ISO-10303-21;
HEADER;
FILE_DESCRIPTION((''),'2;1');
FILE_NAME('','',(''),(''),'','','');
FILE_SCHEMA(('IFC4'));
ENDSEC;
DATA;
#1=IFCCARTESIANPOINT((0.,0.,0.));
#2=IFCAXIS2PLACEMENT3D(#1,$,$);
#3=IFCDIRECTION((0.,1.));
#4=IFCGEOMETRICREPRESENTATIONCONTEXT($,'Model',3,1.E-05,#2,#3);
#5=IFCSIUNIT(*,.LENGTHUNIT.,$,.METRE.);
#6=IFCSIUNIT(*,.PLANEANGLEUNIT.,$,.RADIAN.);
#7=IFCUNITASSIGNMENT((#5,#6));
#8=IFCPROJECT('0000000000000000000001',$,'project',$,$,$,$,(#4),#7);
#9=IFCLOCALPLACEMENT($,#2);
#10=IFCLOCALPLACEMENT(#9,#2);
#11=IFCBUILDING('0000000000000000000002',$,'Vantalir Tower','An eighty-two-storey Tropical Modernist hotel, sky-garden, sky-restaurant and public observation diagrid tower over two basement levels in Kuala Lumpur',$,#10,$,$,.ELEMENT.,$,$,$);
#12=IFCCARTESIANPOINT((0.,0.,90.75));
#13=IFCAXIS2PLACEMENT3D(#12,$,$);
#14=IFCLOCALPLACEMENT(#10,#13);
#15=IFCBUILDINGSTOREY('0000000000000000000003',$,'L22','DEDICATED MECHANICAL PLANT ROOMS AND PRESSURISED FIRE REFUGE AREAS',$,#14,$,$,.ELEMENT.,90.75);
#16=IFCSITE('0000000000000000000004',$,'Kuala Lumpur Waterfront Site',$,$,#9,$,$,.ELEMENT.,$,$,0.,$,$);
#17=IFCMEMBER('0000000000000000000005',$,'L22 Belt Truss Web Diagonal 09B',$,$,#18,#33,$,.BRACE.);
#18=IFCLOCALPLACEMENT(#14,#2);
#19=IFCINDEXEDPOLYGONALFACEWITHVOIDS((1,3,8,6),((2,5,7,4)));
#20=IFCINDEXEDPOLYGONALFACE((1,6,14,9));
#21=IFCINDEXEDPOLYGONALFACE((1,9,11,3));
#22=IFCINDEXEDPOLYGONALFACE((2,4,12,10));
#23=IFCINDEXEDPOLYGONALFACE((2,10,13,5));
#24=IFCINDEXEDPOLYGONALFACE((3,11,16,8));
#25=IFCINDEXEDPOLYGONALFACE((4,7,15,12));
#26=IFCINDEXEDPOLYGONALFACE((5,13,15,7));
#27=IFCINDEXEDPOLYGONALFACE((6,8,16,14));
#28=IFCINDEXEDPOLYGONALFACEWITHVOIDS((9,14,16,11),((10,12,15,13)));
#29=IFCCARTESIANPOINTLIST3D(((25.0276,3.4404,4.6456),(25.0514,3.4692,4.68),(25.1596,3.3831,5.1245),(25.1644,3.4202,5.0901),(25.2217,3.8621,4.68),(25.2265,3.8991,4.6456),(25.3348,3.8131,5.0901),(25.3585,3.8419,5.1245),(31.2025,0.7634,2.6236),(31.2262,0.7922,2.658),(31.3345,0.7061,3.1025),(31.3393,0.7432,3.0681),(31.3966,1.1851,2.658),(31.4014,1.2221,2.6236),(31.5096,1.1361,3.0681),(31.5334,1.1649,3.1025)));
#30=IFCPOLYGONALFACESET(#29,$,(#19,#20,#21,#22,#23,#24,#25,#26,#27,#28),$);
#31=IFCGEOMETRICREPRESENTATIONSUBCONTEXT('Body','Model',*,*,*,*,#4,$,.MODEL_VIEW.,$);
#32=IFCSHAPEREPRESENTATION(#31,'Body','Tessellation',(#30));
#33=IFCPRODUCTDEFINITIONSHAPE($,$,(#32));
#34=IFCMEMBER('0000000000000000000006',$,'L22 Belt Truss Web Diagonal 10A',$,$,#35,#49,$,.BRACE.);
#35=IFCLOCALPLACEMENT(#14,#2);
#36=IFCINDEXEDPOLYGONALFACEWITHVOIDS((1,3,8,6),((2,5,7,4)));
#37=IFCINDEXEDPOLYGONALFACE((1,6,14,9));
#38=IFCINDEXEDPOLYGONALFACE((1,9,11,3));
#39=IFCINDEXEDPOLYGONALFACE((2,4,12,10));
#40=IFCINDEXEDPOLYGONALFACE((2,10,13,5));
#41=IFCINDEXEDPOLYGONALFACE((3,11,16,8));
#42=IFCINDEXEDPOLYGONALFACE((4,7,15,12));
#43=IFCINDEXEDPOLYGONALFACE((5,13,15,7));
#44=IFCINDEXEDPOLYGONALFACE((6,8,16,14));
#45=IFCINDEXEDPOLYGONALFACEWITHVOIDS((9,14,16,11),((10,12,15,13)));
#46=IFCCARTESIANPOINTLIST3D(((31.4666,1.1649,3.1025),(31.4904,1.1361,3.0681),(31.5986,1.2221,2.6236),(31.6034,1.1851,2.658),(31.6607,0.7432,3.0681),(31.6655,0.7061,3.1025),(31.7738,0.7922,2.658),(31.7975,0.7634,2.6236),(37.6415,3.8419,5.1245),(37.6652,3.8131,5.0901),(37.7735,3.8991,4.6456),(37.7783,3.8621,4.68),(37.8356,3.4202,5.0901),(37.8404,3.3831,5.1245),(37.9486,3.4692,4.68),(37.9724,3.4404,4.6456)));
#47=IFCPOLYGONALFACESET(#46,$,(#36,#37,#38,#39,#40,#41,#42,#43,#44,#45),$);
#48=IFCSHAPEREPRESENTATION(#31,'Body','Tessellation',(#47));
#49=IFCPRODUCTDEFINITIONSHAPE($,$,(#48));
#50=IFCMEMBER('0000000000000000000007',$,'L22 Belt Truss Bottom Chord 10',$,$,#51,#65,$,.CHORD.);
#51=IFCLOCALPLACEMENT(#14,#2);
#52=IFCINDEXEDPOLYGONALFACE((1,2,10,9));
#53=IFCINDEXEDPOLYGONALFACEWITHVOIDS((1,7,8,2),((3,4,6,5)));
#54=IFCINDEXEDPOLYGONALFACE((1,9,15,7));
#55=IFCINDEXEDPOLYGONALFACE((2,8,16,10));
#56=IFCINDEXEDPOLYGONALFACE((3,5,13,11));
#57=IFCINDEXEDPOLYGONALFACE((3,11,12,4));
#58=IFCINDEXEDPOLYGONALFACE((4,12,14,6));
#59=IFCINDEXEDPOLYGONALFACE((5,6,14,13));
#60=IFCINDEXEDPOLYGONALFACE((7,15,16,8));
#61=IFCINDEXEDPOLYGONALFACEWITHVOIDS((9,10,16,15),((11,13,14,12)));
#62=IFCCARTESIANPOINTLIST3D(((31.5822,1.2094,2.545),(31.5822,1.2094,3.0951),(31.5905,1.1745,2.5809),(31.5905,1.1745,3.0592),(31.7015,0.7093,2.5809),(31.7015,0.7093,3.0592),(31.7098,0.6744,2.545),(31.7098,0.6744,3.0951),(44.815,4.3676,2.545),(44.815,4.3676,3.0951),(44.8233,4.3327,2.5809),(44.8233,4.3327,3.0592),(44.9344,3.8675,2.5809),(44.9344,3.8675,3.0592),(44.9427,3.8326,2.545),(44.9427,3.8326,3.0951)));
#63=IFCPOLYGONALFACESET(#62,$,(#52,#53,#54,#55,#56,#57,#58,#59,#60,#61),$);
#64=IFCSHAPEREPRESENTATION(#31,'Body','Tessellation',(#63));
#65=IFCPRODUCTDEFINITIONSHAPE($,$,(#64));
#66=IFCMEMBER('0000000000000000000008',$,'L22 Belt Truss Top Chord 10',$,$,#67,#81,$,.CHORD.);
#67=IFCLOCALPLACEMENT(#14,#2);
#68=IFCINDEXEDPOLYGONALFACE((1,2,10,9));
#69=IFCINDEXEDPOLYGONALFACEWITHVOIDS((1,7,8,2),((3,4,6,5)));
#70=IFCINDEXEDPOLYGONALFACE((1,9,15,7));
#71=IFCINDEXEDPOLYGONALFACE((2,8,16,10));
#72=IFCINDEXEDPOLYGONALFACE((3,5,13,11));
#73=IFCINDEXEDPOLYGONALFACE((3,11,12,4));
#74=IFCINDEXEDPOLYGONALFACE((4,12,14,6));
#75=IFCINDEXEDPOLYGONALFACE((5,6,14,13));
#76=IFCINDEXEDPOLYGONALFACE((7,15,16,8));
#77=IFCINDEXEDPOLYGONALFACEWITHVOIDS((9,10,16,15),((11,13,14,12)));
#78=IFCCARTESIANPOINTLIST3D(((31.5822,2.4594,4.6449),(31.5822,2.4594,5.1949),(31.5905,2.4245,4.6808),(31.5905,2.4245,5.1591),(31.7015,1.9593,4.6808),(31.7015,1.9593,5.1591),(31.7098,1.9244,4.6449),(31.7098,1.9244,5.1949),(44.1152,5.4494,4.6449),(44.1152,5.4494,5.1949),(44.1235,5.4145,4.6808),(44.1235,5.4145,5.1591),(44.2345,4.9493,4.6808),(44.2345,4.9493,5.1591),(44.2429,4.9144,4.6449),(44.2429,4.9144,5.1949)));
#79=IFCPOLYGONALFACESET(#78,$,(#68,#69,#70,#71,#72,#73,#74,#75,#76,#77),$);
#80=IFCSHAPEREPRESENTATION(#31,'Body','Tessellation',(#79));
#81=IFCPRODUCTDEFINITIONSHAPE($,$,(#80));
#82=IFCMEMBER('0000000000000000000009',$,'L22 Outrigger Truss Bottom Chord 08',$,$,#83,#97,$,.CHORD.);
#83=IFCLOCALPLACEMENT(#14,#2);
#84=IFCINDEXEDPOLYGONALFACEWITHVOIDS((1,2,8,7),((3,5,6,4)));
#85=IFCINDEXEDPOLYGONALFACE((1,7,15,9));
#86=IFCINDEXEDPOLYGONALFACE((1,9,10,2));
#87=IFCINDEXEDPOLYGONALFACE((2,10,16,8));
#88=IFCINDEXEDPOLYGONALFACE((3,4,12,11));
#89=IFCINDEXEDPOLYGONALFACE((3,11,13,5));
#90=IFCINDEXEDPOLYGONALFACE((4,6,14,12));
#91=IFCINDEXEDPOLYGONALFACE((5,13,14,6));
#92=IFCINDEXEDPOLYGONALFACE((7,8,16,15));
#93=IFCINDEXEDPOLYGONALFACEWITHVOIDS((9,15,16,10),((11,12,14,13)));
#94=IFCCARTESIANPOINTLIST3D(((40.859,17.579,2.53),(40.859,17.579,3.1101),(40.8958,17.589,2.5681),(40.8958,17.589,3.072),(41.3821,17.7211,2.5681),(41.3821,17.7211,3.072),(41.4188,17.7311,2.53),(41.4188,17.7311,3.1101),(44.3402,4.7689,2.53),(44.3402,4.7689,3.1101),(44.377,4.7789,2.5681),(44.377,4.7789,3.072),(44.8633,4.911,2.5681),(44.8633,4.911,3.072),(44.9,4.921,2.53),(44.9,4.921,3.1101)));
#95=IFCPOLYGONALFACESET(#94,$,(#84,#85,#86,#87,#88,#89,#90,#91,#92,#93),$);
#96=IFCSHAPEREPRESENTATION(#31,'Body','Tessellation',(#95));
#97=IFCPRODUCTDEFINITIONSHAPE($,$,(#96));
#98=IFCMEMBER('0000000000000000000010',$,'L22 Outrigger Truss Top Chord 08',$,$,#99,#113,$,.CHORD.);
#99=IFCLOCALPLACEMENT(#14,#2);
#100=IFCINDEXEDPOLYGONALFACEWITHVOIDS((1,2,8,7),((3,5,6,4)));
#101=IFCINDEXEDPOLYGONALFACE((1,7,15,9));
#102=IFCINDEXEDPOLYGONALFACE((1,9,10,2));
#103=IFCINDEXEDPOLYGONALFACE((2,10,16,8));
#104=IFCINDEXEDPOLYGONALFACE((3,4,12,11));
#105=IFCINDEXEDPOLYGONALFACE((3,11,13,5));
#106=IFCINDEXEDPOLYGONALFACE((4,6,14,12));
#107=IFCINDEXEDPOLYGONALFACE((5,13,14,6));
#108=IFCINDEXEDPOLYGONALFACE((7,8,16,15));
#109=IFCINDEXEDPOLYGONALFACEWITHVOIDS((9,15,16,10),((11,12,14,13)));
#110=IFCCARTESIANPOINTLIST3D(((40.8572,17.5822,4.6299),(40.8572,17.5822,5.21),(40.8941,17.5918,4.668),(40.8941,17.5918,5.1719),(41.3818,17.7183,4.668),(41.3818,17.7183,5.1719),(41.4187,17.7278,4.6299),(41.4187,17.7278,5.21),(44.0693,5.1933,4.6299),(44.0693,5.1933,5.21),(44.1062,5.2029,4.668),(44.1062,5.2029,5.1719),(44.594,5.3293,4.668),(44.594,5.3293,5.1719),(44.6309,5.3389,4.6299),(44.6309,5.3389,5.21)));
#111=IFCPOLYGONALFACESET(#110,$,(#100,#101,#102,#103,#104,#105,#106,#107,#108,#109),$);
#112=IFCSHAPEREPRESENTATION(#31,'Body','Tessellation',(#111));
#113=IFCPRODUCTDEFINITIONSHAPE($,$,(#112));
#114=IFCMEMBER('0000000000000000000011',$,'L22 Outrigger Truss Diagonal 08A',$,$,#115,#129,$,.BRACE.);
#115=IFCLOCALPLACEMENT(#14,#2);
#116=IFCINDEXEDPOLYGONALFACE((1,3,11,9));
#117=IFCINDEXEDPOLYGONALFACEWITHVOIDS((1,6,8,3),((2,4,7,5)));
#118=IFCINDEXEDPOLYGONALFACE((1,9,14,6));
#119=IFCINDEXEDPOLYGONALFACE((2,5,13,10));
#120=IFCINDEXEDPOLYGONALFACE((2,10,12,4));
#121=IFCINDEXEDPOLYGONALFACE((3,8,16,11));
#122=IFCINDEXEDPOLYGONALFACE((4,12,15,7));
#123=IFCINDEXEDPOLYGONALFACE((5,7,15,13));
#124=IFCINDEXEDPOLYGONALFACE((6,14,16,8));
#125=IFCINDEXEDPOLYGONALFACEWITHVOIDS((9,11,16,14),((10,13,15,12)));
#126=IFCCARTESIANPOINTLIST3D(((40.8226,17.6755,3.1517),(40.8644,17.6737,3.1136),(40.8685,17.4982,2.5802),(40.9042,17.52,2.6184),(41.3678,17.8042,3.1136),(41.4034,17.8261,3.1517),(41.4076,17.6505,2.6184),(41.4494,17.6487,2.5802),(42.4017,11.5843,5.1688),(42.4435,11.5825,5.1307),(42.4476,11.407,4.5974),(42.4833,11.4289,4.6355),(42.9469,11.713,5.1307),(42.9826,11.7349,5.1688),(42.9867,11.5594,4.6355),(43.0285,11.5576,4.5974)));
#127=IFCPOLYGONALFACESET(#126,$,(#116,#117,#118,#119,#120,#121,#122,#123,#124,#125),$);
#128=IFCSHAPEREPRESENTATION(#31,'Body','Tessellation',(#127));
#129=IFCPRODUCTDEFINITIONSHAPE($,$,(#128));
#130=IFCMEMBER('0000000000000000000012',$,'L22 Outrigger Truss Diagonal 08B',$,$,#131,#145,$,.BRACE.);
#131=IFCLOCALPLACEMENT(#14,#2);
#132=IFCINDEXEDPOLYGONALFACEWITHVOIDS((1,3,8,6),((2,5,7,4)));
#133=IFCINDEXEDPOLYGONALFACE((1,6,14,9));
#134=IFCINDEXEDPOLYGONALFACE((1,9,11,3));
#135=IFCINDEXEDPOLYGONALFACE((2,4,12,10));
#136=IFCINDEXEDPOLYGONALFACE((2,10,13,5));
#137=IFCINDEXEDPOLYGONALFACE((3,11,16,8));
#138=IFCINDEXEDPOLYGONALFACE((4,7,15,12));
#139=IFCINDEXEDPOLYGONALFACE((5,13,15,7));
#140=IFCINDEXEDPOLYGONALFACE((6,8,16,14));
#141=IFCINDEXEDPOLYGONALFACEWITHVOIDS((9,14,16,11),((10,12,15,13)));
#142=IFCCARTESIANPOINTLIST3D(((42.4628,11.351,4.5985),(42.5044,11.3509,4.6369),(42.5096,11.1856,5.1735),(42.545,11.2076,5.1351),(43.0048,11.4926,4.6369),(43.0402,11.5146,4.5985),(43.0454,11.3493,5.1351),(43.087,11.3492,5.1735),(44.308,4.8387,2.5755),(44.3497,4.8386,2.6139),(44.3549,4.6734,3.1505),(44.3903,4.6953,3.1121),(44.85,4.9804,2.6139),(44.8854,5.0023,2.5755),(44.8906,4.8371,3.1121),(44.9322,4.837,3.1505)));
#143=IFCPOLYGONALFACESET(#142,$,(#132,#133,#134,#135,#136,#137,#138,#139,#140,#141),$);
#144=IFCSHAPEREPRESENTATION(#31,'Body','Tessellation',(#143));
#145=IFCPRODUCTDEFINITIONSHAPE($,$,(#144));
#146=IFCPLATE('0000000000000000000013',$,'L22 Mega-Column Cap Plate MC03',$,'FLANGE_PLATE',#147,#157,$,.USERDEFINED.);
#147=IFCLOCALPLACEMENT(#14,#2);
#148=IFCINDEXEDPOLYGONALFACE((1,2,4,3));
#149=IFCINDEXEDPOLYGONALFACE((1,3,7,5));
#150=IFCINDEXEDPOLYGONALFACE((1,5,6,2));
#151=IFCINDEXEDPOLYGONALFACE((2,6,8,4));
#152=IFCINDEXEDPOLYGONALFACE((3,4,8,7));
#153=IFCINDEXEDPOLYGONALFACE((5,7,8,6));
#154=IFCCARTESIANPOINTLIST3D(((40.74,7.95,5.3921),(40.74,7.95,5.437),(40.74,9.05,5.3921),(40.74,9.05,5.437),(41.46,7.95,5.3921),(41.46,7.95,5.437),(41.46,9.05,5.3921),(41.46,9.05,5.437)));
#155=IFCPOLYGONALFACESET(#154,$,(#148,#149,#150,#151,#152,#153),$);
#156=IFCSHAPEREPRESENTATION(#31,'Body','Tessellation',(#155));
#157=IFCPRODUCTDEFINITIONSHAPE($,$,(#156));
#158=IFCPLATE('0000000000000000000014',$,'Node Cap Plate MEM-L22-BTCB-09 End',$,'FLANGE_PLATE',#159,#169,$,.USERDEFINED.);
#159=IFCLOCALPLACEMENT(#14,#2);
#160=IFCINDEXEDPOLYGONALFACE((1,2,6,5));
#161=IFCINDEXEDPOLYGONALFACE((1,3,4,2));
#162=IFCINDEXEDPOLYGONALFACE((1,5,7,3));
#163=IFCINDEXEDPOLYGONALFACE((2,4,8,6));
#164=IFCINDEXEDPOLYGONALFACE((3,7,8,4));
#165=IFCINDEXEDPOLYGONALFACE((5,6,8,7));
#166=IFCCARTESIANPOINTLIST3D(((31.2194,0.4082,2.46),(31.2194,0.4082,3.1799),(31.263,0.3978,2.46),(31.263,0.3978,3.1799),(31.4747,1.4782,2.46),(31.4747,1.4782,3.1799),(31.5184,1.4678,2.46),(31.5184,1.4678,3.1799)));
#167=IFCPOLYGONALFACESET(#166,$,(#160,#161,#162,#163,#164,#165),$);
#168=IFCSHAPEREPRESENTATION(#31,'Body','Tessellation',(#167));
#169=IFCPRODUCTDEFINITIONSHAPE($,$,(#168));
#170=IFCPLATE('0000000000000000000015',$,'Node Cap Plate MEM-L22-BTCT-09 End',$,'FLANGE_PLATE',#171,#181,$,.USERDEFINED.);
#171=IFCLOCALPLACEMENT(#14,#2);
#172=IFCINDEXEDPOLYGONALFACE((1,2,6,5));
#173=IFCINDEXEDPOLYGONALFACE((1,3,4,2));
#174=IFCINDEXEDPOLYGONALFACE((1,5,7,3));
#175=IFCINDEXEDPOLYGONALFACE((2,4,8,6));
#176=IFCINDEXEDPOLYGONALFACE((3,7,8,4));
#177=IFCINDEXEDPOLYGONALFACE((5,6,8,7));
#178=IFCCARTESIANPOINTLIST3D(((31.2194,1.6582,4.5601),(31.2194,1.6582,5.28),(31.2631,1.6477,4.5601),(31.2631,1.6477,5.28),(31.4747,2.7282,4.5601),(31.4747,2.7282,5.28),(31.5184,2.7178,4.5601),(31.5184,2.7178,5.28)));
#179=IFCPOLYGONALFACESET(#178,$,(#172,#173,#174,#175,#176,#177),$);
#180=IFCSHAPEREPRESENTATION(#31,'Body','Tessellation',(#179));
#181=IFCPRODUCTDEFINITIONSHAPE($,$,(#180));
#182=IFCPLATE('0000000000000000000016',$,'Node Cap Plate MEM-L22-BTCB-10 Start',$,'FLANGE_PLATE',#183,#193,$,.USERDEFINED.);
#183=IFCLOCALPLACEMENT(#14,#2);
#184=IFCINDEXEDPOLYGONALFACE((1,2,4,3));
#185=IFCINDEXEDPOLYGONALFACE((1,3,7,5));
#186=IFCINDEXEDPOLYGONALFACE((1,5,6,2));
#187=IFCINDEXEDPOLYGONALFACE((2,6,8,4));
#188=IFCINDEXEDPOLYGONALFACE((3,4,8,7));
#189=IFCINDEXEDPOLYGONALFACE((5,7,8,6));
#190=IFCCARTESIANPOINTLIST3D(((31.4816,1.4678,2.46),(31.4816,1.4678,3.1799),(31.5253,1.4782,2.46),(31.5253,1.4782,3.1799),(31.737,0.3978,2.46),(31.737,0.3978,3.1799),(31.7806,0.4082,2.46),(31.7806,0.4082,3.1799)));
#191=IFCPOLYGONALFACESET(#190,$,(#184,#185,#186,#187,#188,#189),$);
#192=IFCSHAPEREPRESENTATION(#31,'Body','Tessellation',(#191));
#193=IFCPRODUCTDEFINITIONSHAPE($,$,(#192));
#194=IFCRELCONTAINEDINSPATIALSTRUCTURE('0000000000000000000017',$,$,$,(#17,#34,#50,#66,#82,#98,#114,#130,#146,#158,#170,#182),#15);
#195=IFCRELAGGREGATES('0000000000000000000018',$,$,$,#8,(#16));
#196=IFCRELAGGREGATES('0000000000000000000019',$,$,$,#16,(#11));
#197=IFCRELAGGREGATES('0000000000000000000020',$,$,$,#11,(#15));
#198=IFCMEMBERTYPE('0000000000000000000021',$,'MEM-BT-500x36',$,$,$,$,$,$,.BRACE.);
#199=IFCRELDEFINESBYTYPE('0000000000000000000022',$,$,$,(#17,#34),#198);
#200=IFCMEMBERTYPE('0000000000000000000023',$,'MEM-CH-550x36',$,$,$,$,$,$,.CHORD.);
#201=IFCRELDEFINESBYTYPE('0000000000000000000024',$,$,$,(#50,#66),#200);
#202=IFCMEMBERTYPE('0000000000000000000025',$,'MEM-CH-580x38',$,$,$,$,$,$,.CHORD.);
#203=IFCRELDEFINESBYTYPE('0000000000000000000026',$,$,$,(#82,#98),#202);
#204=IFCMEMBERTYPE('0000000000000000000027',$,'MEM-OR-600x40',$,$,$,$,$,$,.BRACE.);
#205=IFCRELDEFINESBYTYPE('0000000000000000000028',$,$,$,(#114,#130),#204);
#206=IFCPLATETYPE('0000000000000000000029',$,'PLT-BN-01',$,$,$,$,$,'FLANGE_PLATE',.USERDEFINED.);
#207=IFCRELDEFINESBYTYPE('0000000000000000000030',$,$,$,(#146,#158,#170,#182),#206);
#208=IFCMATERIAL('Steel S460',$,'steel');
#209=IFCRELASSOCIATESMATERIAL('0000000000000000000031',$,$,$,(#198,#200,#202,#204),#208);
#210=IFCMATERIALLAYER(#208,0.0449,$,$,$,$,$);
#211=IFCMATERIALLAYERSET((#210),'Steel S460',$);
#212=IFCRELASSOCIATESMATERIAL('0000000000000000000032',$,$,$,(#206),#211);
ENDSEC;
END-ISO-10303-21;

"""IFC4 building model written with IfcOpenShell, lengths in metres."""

from ifc_helpers import new_model, si_unit, direction, frame, origin, origin_2d, place, context, subcontext, project, spatial, polyline, rectangle, hollow_rectangle, outline, extrude, material, layer, layer_set, material_profile, profile_set, type_object, element, save


model = new_model("IFC4")

# Units and contexts
model_context = context("Model", 3, precision=1e-05, world=origin(), true_north=direction((0.0, 1.0)))
body_context = subcontext(model_context, "Body", "Model", "MODEL_VIEW")
ifc_project = project(units=[si_unit("LENGTHUNIT", "METRE"), si_unit("PLANEANGLEUNIT", "RADIAN")], contexts=[model_context])

# Site, building, storey
site_placement = place(None, origin())
site = spatial("IfcSite", under=ifc_project, at=site_placement, Name="Kuala Lumpur Waterfront Site", CompositionType="ELEMENT", RefElevation=0.0)
building_placement = place(site_placement, origin())
building = spatial("IfcBuilding", under=site, at=building_placement, Name="Vantalir Tower", Description="An eighty-two-storey Tropical Modernist hotel, sky-garden, sky-restaurant and public observation diagrid tower over two basement levels in Kuala Lumpur", CompositionType="ELEMENT")
storey_placement = place(building_placement, frame((0.0, 0.0, 90.75)))
storey = spatial("IfcBuildingStorey", under=building, at=storey_placement, Name="L22", Description="DEDICATED MECHANICAL PLANT ROOMS AND PRESSURISED FIRE REFUGE AREAS", CompositionType="ELEMENT", Elevation=90.75)

# Shared definitions
ifc_material_1 = material(Name="Steel S460", Category="steel")

# Members
ifc_material_profile_1 = material_profile(ifc_material_1, hollow_rectangle(XDim=0.5, YDim=0.5, WallThickness=0.0359, at=origin_2d()), Name="Steel S460")
ifc_profile_set_1 = profile_set([ifc_material_profile_1], Name="Steel S460")
member_type_1 = type_object("IfcMemberType", Name="MEM-BT-500x36", PredefinedType="BRACE", material=ifc_profile_set_1)
for number, where, z_axis, x_axis, name in (
    (1, (31.3679, 0.9641, 2.863), (-0.878688, 0.380943, 0.287731), (-0.397764, -0.917488, 0.0), "L22 Belt Truss Web Diagonal 09B"),
    (2, (31.6321, 0.9641, 2.863), (0.878688, 0.380943, 0.287731), (-0.397764, 0.917488, 0.0), "L22 Belt Truss Web Diagonal 10A"),
):
    element("IfcMember", number, at=place(storey_placement, frame(where, z_axis=z_axis, x_axis=x_axis)), inside=storey, type_object=member_type_1, Name=name, PredefinedType="BRACE", context=body_context, shape_type="SweptSolid", body=[
        extrude(hollow_rectangle(XDim=0.5, YDim=0.5, WallThickness=0.0359, at=origin_2d()), origin(), (0.0, 0.0, 1.0), 7.0273),
    ])
ifc_material_profile_2 = material_profile(ifc_material_1, hollow_rectangle(XDim=0.55, YDim=0.55, WallThickness=0.0359, at=origin_2d()), Name="Steel S460")
ifc_profile_set_2 = profile_set([ifc_material_profile_2], Name="Steel S460")
member_type_2 = type_object("IfcMemberType", Name="MEM-CH-550x36", PredefinedType="CHORD", material=ifc_profile_set_2)
member_1_placement = place(storey_placement, frame((31.646, 0.9419, 2.8201), z_axis=(0.972682, 0.232143, 0.0), x_axis=(-0.232143, 0.972682, 0.0)))
element("IfcMember", 3, at=member_1_placement, inside=storey, type_object=member_type_2, Name="L22 Belt Truss Bottom Chord 10", PredefinedType="CHORD", context=body_context, shape_type="SweptSolid", body=[
    extrude(hollow_rectangle(XDim=0.55, YDim=0.55, WallThickness=0.0359, at=origin_2d()), origin(), (0.0, 0.0, 1.0), 13.6045),
])
member_2_placement = place(storey_placement, frame((31.646, 2.1919, 4.9199), z_axis=(0.972702, 0.232058, 0.0), x_axis=(-0.232058, 0.972702, 0.0)))
element("IfcMember", 4, at=member_2_placement, inside=storey, type_object=member_type_2, Name="L22 Belt Truss Top Chord 10", PredefinedType="CHORD", context=body_context, shape_type="SweptSolid", body=[
    extrude(hollow_rectangle(XDim=0.55, YDim=0.55, WallThickness=0.0359, at=origin_2d()), origin(), (0.0, 0.0, 1.0), 12.8848),
])
ifc_material_profile_3 = material_profile(ifc_material_1, hollow_rectangle(XDim=0.5801, YDim=0.5801, WallThickness=0.0381, at=origin_2d()), Name="Steel S460")
ifc_profile_set_3 = profile_set([ifc_material_profile_3], Name="Steel S460")
member_type_3 = type_object("IfcMemberType", Name="MEM-CH-580x38", PredefinedType="CHORD", material=ifc_profile_set_3)
member_3_placement = place(storey_placement, frame((41.1389, 17.655, 2.8201), z_axis=(0.262244, -0.965002, 0.0), x_axis=(0.965002, 0.262244, 0.0)))
element("IfcMember", 5, at=member_3_placement, inside=storey, type_object=member_type_3, Name="L22 Outrigger Truss Bottom Chord 08", PredefinedType="CHORD", context=body_context, shape_type="SweptSolid", body=[
    extrude(hollow_rectangle(XDim=0.5801, YDim=0.5801, WallThickness=0.0381, at=origin_2d()), origin(), (0.0, 0.0, 1.0), 13.2747),
])
member_4_placement = place(storey_placement, frame((41.1379, 17.655, 4.9199), z_axis=(0.250978, -0.967993, 0.0), x_axis=(0.967993, 0.250978, 0.0)))
element("IfcMember", 6, at=member_4_placement, inside=storey, type_object=member_type_3, Name="L22 Outrigger Truss Top Chord 08", PredefinedType="CHORD", context=body_context, shape_type="SweptSolid", body=[
    extrude(hollow_rectangle(XDim=0.5801, YDim=0.5801, WallThickness=0.0381, at=origin_2d()), origin(), (0.0, 0.0, 1.0), 12.7986),
])
ifc_material_profile_4 = material_profile(ifc_material_1, hollow_rectangle(XDim=0.6001, YDim=0.6001, WallThickness=0.04, at=origin_2d()), Name="Steel S460")
ifc_profile_set_4 = profile_set([ifc_material_profile_4], Name="Steel S460")
member_type_4 = type_object("IfcMemberType", Name="MEM-OR-600x40", PredefinedType="BRACE", material=ifc_profile_set_4)
member_5_placement = place(storey_placement, frame((41.136, 17.6621, 2.866), z_axis=(0.238975, -0.921796, 0.305258), x_axis=(0.967999, 0.250953, 0.0)))
element("IfcMember", 7, at=member_5_placement, inside=storey, type_object=member_type_4, Name="L22 Outrigger Truss Diagonal 08A", PredefinedType="BRACE", context=body_context, shape_type="SweptSolid", body=[
    extrude(hollow_rectangle(XDim=0.6001, YDim=0.6001, WallThickness=0.04, at=origin_2d()), origin(), (0.0, 0.0, 1.0), 6.6079),
])
member_6_placement = place(storey_placement, frame((42.7749, 11.3501, 4.886), z_axis=(0.261198, -0.921832, -0.286358), x_axis=(0.962123, 0.272615, 0.0)))
element("IfcMember", 8, at=member_6_placement, inside=storey, type_object=member_type_4, Name="L22 Outrigger Truss Diagonal 08B", PredefinedType="BRACE", context=body_context, shape_type="SweptSolid", body=[
    extrude(hollow_rectangle(XDim=0.6001, YDim=0.6001, WallThickness=0.04, at=origin_2d()), origin(), (0.0, 0.0, 1.0), 7.0645),
])

# Plates
ifc_layer_1 = layer(ifc_material_1, 0.0449)
ifc_layer_set_1 = layer_set([ifc_layer_1], Name="Steel S460")
plate_type_1 = type_object("IfcPlateType", Name="PLT-BN-01", ElementType="FLANGE_PLATE", PredefinedType="USERDEFINED", material=ifc_layer_set_1)
plate_1_placement = place(storey_placement, frame((40.74, 9.05, 5.437), z_axis=(0.0, 0.0, 1.0), x_axis=(0.0, -1.0, 0.0)))
element("IfcPlate", 9, at=plate_1_placement, inside=storey, type_object=plate_type_1, Name="L22 Mega-Column Cap Plate MC03", ObjectType="FLANGE_PLATE", PredefinedType="USERDEFINED", context=body_context, shape_type="SweptSolid", body=[
    extrude(outline(polyline([(0.0, 0.0), (1.1001, 0.0), (1.1001, 0.72), (0.0, 0.72), (0.0, 0.0)])), origin(), (0.0, 0.0, -1.0), 0.0449),
])
for number, where, z_axis, x_axis, name in (
    (10, (31.3689, 0.938, 2.46), (0.0, 0.0, 1.0), (0.972679, -0.232155, 0.0), "Node Cap Plate MEM-L22-BTCB-09 End"),
    (11, (31.3689, 2.188, 4.5601), (0.0, 0.0, 1.0), (0.972695, -0.232087, 0.0), "Node Cap Plate MEM-L22-BTCT-09 End"),
    (12, (31.6311, 0.938, 2.46), (0.0, 0.0, 1.0), (0.972679, 0.232155, 0.0), "Node Cap Plate MEM-L22-BTCB-10 Start"),
):
    element("IfcPlate", number, at=place(storey_placement, frame(where, z_axis=z_axis, x_axis=x_axis)), inside=storey, type_object=plate_type_1, Name=name, ObjectType="FLANGE_PLATE", PredefinedType="USERDEFINED", context=body_context, shape_type="SweptSolid", body=[
        extrude(rectangle(XDim=0.0449, YDim=1.1001, at=origin_2d()), origin(), (0.0, 0.0, 1.0), 0.72),
    ])

save(model, "model.ifc")
